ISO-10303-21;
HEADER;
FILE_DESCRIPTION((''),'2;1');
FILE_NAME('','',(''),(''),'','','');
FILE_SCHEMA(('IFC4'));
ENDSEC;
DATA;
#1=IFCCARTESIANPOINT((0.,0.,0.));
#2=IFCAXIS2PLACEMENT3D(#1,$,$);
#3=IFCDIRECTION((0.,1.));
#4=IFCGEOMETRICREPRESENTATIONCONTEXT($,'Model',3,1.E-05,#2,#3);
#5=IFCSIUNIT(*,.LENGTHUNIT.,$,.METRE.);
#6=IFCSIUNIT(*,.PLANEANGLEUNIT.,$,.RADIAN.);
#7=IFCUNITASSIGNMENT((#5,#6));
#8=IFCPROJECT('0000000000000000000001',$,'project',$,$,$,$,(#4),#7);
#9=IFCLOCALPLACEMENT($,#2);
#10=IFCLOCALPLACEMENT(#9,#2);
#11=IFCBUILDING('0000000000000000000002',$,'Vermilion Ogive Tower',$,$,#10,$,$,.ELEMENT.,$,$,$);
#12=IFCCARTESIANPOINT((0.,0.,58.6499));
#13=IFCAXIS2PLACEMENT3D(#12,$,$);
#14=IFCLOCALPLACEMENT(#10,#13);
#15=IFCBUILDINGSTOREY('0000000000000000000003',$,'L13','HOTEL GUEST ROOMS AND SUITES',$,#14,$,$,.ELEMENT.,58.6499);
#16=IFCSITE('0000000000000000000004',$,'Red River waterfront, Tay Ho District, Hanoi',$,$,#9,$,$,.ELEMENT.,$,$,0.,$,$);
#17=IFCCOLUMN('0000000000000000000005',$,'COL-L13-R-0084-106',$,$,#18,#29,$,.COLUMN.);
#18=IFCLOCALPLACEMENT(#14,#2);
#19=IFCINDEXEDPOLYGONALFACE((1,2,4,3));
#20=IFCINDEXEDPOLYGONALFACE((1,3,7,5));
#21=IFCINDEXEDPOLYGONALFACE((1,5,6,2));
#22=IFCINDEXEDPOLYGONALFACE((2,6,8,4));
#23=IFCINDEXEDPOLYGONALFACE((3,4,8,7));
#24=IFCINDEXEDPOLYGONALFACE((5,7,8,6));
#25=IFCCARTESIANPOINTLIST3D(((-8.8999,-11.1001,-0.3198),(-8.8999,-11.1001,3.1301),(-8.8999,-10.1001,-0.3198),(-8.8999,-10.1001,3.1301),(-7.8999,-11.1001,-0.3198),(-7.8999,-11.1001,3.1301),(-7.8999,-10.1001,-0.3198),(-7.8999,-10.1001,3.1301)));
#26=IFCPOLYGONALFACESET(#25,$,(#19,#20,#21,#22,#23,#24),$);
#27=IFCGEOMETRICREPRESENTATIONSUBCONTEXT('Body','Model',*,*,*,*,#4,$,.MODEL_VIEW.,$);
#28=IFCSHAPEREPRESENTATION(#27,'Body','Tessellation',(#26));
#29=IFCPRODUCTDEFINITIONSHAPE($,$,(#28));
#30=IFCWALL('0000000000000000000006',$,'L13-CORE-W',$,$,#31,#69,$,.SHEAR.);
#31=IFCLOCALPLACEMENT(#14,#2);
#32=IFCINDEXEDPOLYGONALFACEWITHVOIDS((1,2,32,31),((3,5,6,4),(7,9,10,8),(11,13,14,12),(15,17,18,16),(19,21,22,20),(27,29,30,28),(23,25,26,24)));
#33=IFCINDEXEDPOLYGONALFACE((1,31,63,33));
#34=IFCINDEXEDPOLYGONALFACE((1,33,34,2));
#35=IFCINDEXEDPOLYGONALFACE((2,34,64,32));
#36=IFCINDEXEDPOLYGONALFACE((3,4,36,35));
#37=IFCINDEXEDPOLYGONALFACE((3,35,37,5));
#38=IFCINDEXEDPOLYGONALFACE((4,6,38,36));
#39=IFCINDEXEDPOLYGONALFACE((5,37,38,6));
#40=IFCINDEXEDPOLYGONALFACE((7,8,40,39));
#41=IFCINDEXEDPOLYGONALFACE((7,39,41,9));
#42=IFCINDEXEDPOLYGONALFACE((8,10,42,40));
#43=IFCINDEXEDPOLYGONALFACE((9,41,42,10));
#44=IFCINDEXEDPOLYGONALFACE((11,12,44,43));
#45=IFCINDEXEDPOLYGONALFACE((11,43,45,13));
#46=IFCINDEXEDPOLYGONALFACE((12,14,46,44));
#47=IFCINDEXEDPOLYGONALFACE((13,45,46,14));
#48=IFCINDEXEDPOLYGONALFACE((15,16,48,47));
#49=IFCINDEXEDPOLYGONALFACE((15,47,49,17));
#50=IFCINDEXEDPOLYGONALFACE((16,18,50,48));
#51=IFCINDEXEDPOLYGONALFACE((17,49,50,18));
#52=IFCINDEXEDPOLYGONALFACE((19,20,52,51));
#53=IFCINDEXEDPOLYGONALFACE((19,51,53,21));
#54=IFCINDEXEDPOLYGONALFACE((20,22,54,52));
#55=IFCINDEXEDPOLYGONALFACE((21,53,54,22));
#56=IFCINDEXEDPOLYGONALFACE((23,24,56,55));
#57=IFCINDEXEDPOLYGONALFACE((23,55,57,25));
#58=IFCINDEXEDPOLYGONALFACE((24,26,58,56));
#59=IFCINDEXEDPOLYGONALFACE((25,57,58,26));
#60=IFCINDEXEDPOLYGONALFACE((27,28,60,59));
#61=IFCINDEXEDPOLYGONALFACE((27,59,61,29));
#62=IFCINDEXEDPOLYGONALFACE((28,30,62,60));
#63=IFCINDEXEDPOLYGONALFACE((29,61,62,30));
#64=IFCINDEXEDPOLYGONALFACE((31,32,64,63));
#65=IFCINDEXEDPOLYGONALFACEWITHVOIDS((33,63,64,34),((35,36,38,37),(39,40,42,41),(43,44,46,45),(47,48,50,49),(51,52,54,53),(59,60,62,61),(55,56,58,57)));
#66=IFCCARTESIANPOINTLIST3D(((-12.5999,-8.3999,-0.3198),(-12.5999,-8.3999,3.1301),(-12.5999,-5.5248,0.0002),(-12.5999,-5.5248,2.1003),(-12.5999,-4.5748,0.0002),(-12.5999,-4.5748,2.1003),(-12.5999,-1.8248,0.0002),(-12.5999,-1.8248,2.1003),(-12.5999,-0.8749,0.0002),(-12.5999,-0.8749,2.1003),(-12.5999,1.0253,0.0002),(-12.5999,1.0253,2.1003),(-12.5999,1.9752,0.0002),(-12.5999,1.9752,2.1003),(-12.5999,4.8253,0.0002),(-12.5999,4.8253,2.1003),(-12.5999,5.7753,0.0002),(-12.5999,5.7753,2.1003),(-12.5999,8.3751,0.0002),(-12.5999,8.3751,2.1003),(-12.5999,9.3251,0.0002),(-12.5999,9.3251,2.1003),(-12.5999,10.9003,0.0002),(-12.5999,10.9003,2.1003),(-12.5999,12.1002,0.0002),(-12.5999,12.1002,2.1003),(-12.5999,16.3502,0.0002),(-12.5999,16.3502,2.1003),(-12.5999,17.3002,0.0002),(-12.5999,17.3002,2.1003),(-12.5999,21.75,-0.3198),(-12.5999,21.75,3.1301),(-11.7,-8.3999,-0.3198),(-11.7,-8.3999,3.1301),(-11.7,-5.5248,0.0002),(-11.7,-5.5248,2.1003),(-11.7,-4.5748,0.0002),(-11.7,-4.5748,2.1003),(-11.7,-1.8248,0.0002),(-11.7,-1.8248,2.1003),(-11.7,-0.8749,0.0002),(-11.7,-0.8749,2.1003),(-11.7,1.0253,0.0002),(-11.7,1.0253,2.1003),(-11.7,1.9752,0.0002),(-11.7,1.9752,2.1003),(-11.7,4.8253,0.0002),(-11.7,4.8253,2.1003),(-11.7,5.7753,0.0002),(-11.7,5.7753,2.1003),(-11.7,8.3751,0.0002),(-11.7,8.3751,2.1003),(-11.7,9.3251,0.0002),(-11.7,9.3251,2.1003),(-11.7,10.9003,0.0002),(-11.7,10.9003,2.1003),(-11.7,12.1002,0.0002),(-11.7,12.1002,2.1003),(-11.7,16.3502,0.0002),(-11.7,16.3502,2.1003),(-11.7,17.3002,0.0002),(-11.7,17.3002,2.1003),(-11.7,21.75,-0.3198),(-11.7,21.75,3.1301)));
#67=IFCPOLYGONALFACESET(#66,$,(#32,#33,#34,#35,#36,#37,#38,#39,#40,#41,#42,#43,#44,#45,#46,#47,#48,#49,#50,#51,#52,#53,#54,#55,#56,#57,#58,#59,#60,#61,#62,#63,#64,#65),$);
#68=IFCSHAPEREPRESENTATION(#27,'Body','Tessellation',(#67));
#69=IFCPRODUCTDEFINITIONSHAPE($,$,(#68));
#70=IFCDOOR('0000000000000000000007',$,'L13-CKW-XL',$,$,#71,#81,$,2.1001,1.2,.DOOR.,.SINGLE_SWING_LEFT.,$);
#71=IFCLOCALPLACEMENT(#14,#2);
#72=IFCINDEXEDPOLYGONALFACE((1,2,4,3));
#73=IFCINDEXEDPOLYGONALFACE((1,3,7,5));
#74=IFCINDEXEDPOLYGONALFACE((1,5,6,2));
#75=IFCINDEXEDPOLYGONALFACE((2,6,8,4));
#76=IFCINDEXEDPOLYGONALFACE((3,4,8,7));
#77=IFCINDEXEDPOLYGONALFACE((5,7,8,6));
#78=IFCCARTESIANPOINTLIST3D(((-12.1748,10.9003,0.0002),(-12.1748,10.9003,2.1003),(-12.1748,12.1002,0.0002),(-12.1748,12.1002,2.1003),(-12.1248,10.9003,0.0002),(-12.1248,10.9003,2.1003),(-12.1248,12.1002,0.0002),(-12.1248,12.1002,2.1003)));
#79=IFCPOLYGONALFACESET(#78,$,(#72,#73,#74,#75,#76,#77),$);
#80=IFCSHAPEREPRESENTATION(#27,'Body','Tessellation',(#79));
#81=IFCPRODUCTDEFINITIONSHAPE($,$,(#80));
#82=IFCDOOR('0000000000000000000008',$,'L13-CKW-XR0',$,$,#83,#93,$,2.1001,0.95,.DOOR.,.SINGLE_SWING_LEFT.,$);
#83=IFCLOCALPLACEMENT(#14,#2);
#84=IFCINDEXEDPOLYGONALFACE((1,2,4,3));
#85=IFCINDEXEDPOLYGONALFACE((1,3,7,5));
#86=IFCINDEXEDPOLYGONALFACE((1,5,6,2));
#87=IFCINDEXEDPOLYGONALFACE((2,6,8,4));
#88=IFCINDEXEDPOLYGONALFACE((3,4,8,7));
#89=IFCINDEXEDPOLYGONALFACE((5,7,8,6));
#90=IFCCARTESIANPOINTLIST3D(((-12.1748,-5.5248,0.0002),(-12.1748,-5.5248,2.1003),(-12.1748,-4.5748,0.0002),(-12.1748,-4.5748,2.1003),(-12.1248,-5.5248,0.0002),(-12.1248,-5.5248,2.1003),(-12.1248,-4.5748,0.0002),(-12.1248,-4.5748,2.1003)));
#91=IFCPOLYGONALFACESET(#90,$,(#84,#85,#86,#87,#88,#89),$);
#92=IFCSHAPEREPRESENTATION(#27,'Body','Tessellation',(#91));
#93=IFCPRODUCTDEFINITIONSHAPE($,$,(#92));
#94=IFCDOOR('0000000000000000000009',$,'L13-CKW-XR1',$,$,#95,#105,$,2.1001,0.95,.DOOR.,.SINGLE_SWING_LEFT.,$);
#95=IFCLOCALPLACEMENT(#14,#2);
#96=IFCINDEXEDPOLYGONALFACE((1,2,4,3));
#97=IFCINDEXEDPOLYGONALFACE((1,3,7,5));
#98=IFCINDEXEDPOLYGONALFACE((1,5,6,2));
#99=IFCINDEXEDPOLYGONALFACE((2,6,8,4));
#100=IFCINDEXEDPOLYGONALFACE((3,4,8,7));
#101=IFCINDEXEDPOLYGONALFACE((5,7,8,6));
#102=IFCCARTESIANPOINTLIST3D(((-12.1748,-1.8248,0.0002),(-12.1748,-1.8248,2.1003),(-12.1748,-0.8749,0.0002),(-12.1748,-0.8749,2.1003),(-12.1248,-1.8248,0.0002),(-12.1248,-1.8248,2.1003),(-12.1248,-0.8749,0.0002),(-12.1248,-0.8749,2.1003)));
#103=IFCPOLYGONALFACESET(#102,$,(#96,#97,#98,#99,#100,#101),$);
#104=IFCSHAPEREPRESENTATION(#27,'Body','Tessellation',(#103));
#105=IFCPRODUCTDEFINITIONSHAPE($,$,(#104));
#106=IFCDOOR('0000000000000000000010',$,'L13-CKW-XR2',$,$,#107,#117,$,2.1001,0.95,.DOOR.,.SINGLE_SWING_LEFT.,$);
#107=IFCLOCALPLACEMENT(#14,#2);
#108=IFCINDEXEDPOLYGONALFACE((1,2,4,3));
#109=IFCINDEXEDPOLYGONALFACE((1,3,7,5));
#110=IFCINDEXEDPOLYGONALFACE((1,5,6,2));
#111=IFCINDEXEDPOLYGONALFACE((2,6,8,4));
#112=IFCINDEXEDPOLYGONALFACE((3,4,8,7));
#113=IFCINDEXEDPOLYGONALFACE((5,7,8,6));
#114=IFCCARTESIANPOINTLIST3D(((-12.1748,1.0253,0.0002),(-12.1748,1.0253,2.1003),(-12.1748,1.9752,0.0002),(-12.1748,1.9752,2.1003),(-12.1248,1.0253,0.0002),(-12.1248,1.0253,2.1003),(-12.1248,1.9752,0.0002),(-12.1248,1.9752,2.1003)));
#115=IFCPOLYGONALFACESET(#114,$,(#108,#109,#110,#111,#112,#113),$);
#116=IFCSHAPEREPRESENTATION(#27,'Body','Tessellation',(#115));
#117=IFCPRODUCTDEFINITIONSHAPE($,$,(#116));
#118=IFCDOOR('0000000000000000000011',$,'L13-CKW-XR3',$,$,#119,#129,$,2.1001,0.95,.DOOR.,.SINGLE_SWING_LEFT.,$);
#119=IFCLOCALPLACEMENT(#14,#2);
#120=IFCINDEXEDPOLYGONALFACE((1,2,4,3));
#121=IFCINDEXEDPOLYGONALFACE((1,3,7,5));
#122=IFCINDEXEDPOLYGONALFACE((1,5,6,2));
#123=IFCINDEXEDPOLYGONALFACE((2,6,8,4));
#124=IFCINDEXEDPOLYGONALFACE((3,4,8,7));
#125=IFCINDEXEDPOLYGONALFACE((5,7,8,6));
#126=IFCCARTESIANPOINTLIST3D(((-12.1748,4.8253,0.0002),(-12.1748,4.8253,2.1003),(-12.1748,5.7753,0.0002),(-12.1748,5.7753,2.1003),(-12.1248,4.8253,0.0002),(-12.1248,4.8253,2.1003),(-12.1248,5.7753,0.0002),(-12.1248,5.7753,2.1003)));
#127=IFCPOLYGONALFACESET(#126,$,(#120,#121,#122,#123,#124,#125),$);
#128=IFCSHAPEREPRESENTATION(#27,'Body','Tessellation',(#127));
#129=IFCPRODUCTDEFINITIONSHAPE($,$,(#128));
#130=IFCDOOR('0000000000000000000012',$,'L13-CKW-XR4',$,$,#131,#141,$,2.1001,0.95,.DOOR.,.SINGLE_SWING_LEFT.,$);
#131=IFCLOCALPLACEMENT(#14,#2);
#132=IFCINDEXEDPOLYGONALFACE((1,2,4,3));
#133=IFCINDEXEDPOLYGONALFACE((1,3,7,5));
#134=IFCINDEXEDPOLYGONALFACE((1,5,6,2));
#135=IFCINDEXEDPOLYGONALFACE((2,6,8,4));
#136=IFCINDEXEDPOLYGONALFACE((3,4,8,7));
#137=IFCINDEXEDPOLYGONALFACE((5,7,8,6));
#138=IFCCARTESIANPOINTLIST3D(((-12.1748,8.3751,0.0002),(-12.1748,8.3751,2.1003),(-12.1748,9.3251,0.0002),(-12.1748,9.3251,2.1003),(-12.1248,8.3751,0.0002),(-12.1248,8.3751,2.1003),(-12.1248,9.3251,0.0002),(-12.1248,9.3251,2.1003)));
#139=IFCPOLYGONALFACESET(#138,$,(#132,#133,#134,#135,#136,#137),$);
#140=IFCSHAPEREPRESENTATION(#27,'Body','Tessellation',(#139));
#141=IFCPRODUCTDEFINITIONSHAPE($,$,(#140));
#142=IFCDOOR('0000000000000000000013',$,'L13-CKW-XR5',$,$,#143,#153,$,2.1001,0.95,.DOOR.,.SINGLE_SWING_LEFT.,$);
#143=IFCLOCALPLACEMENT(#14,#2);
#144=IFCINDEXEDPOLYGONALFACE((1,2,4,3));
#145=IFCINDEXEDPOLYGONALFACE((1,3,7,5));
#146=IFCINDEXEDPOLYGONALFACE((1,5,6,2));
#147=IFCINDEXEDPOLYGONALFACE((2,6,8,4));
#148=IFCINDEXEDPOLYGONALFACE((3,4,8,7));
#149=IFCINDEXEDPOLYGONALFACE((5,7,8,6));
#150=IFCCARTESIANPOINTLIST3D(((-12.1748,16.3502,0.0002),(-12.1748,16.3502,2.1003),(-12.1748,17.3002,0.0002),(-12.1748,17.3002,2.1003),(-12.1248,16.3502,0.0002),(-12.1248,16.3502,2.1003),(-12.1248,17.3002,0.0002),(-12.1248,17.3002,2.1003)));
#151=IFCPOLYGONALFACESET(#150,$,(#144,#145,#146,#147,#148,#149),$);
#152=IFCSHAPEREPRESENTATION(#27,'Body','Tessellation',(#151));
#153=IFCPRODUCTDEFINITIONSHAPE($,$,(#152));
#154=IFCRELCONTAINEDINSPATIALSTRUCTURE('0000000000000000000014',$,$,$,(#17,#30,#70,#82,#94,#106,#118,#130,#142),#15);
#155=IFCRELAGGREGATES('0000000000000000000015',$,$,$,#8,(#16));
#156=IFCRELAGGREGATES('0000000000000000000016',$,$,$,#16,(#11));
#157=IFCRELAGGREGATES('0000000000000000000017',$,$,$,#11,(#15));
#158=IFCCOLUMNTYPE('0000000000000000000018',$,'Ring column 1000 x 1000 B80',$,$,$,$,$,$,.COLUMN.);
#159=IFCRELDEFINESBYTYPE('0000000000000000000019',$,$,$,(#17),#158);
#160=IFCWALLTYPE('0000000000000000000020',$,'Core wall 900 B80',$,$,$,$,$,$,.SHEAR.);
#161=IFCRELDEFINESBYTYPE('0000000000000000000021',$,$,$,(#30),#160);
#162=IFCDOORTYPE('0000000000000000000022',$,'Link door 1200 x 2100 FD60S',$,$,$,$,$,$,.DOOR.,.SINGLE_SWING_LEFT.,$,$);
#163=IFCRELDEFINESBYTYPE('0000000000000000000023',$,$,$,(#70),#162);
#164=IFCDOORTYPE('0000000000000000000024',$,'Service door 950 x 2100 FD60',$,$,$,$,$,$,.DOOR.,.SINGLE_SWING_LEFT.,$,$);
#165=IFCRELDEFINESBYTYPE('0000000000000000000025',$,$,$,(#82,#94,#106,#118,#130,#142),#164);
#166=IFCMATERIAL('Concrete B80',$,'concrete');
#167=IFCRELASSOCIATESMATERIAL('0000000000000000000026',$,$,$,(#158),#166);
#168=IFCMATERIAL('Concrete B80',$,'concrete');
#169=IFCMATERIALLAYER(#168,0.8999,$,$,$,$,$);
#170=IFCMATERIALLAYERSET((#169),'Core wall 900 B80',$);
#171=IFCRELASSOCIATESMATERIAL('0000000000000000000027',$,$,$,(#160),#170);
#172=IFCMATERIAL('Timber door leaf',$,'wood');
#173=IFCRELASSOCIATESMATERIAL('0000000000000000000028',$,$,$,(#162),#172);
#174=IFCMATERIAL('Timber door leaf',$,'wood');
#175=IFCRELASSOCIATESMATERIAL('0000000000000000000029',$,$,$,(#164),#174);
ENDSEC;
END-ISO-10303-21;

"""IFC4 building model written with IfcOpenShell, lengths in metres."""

from ifc_helpers import new_model, si_unit, direction, frame, frame_2d, origin, origin_2d, place, context, subcontext, project, spatial, rectangle, extrude, material, layer, layer_set, material_profile, profile_set, type_object, element, fill, save


model = new_model("IFC4")

# Units and contexts
model_context = context("Model", 3, precision=1e-05, world=origin(), true_north=direction((0.0, 1.0)))
body_context = subcontext(model_context, "Body", "Model", "MODEL_VIEW")
ifc_project = project(units=[si_unit("LENGTHUNIT", "METRE"), si_unit("PLANEANGLEUNIT", "RADIAN")], contexts=[model_context])

# Site, building, storey
site_placement = place(None, origin())
site = spatial("IfcSite", under=ifc_project, at=site_placement, Name="Red River waterfront, Tay Ho District, Hanoi", CompositionType="ELEMENT", RefElevation=0.0)
building_placement = place(site_placement, origin())
building = spatial("IfcBuilding", under=site, at=building_placement, Name="Vermilion Ogive Tower", CompositionType="ELEMENT")
storey_placement = place(building_placement, frame((0.0, 0.0, 58.6499)))
storey = spatial("IfcBuildingStorey", under=building, at=storey_placement, Name="L13", Description="HOTEL GUEST ROOMS AND SUITES", CompositionType="ELEMENT", Elevation=58.6499)

# Column
ifc_material_1 = material(Name="Concrete B80", Category="concrete")
ifc_material_profile = material_profile(ifc_material_1, rectangle(XDim=1.0, YDim=1.0, at=origin_2d()), Name="1000 x 1000")
ifc_profile_set = profile_set([ifc_material_profile], Name="Concrete B80")
column_type = type_object("IfcColumnType", Name="Ring column 1000 x 1000 B80", PredefinedType="COLUMN", material=ifc_profile_set)
column_placement = place(storey_placement, frame((-8.3999, -10.6001, -0.3198), z_axis=(0.0, 0.0, 1.0), x_axis=(1.0, 0.0, 0.0)))
element("IfcColumn", 1, at=column_placement, inside=storey, type_object=column_type, Name="COL-L13-R-0084-106", PredefinedType="COLUMN", context=body_context, shape_type="SweptSolid", body=[
    extrude(rectangle(XDim=1.0, YDim=1.0, at=origin_2d()), origin(), (0.0, 0.0, 1.0), 3.45),
])

# Wall, openings, doors
ifc_material_2 = material(Name="Concrete B80", Category="concrete")
ifc_layer_1 = layer(ifc_material_2, 0.8999)
ifc_layer_set_1 = layer_set([ifc_layer_1], Name="Core wall 900 B80")
wall_type_1 = type_object("IfcWallType", Name="Core wall 900 B80", PredefinedType="SHEAR", material=ifc_layer_set_1)
wall_1_placement = place(storey_placement, frame((-12.1499, -8.3999, -0.3198), z_axis=(0.0, 0.0, 1.0), x_axis=(0.0, 1.0, 0.0)))
wall_1 = element("IfcWall", 2, at=wall_1_placement, inside=storey, type_object=wall_type_1, Name="L13-CORE-W", PredefinedType="SHEAR", context=body_context, shape_type="SweptSolid", body=[
    extrude(rectangle(XDim=30.1499, YDim=0.8999, at=frame_2d((15.075, 0.0))), origin(), (0.0, 0.0, 1.0), 3.45),
])
opening_1_placement = place(wall_1_placement, frame((2.875, 0.0, 0.3201)))
opening_1 = element("IfcOpeningElement", 3, at=opening_1_placement, cuts=wall_1, PredefinedType="OPENING", context=body_context, shape_type="SweptSolid", body=[
    extrude(rectangle(XDim=0.95, YDim=2.1001, at=frame_2d((0.4751, 1.05))), frame((0.0, 0.46, 0.0), z_axis=(0.0, -1.0, 0.0), x_axis=(1.0, 0.0, 0.0)), (0.0, 0.0, 1.0), 0.9199),
])
opening_2_placement = place(wall_1_placement, frame((6.575, 0.0, 0.3201)))
opening_2 = element("IfcOpeningElement", 4, at=opening_2_placement, cuts=wall_1, PredefinedType="OPENING", context=body_context, shape_type="SweptSolid", body=[
    extrude(rectangle(XDim=0.95, YDim=2.1001, at=frame_2d((0.4751, 1.05))), frame((0.0, 0.46, 0.0), z_axis=(0.0, -1.0, 0.0), x_axis=(1.0, 0.0, 0.0)), (0.0, 0.0, 1.0), 0.9199),
])
opening_3_placement = place(wall_1_placement, frame((9.425, 0.0, 0.3201)))
opening_3 = element("IfcOpeningElement", 5, at=opening_3_placement, cuts=wall_1, PredefinedType="OPENING", context=body_context, shape_type="SweptSolid", body=[
    extrude(rectangle(XDim=0.95, YDim=2.1001, at=frame_2d((0.4751, 1.05))), frame((0.0, 0.46, 0.0), z_axis=(0.0, -1.0, 0.0), x_axis=(1.0, 0.0, 0.0)), (0.0, 0.0, 1.0), 0.9199),
])
opening_4_placement = place(wall_1_placement, frame((13.2251, 0.0, 0.3201)))
opening_4 = element("IfcOpeningElement", 6, at=opening_4_placement, cuts=wall_1, PredefinedType="OPENING", context=body_context, shape_type="SweptSolid", body=[
    extrude(rectangle(XDim=0.95, YDim=2.1001, at=frame_2d((0.4751, 1.05))), frame((0.0, 0.46, 0.0), z_axis=(0.0, -1.0, 0.0), x_axis=(1.0, 0.0, 0.0)), (0.0, 0.0, 1.0), 0.9199),
])
opening_5_placement = place(wall_1_placement, frame((16.7749, 0.0, 0.3201)))
opening_5 = element("IfcOpeningElement", 7, at=opening_5_placement, cuts=wall_1, PredefinedType="OPENING", context=body_context, shape_type="SweptSolid", body=[
    extrude(rectangle(XDim=0.95, YDim=2.1001, at=frame_2d((0.4751, 1.05))), frame((0.0, 0.46, 0.0), z_axis=(0.0, -1.0, 0.0), x_axis=(1.0, 0.0, 0.0)), (0.0, 0.0, 1.0), 0.9199),
])
opening_6_placement = place(wall_1_placement, frame((24.75, 0.0, 0.3201)))
opening_6 = element("IfcOpeningElement", 8, at=opening_6_placement, cuts=wall_1, PredefinedType="OPENING", context=body_context, shape_type="SweptSolid", body=[
    extrude(rectangle(XDim=0.95, YDim=2.1001, at=frame_2d((0.4751, 1.05))), frame((0.0, 0.46, 0.0), z_axis=(0.0, -1.0, 0.0), x_axis=(1.0, 0.0, 0.0)), (0.0, 0.0, 1.0), 0.9199),
])
opening_7_placement = place(wall_1_placement, frame((19.3, 0.0, 0.3201)))
opening_7 = element("IfcOpeningElement", 9, at=opening_7_placement, cuts=wall_1, PredefinedType="OPENING", context=body_context, shape_type="SweptSolid", body=[
    extrude(rectangle(XDim=1.2, YDim=2.1001, at=frame_2d((0.6001, 1.05))), frame((0.0, 0.46, 0.0), z_axis=(0.0, -1.0, 0.0), x_axis=(1.0, 0.0, 0.0)), (0.0, 0.0, 1.0), 0.9199),
])
ifc_material_3 = material(Name="Timber door leaf", Category="wood")
door_type_1 = type_object("IfcDoorType", Name="Link door 1200 x 2100 FD60S", OperationType="SINGLE_SWING_LEFT", PredefinedType="DOOR", material=ifc_material_3)
door_1_placement = place(opening_7_placement, origin())
door_1 = element("IfcDoor", 10, at=door_1_placement, inside=storey, type_object=door_type_1, Name="L13-CKW-XL", OperationType="SINGLE_SWING_LEFT", OverallHeight=2.1001, OverallWidth=1.2, PredefinedType="DOOR", context=body_context, shape_type="SweptSolid", body=[
    extrude(rectangle(XDim=1.2, YDim=2.1001, at=frame_2d((0.6001, 1.05))), frame((0.0, 0.0249, 0.0), z_axis=(0.0, -1.0, 0.0), x_axis=(1.0, 0.0, 0.0)), (0.0, 0.0, 1.0), 0.05),
])
fill(opening_7, door_1)
ifc_material_4 = material(Name="Timber door leaf", Category="wood")
door_type_2 = type_object("IfcDoorType", Name="Service door 950 x 2100 FD60", OperationType="SINGLE_SWING_LEFT", PredefinedType="DOOR", material=ifc_material_4)
door_2_placement = place(opening_1_placement, origin())
door_2 = element("IfcDoor", 11, at=door_2_placement, inside=storey, type_object=door_type_2, Name="L13-CKW-XR0", OperationType="SINGLE_SWING_LEFT", OverallHeight=2.1001, OverallWidth=0.95, PredefinedType="DOOR", context=body_context, shape_type="SweptSolid", body=[
    extrude(rectangle(XDim=0.95, YDim=2.1001, at=frame_2d((0.4751, 1.05))), frame((0.0, 0.0249, 0.0), z_axis=(0.0, -1.0, 0.0), x_axis=(1.0, 0.0, 0.0)), (0.0, 0.0, 1.0), 0.05),
])
fill(opening_1, door_2)
door_3_placement = place(opening_2_placement, origin())
door_3 = element("IfcDoor", 12, at=door_3_placement, inside=storey, type_object=door_type_2, Name="L13-CKW-XR1", OperationType="SINGLE_SWING_LEFT", OverallHeight=2.1001, OverallWidth=0.95, PredefinedType="DOOR", context=body_context, shape_type="SweptSolid", body=[
    extrude(rectangle(XDim=0.95, YDim=2.1001, at=frame_2d((0.4751, 1.05))), frame((0.0, 0.0249, 0.0), z_axis=(0.0, -1.0, 0.0), x_axis=(1.0, 0.0, 0.0)), (0.0, 0.0, 1.0), 0.05),
])
fill(opening_2, door_3)
door_4_placement = place(opening_3_placement, origin())
door_4 = element("IfcDoor", 13, at=door_4_placement, inside=storey, type_object=door_type_2, Name="L13-CKW-XR2", OperationType="SINGLE_SWING_LEFT", OverallHeight=2.1001, OverallWidth=0.95, PredefinedType="DOOR", context=body_context, shape_type="SweptSolid", body=[
    extrude(rectangle(XDim=0.95, YDim=2.1001, at=frame_2d((0.4751, 1.05))), frame((0.0, 0.0249, 0.0), z_axis=(0.0, -1.0, 0.0), x_axis=(1.0, 0.0, 0.0)), (0.0, 0.0, 1.0), 0.05),
])
fill(opening_3, door_4)
door_5_placement = place(opening_4_placement, origin())
door_5 = element("IfcDoor", 14, at=door_5_placement, inside=storey, type_object=door_type_2, Name="L13-CKW-XR3", OperationType="SINGLE_SWING_LEFT", OverallHeight=2.1001, OverallWidth=0.95, PredefinedType="DOOR", context=body_context, shape_type="SweptSolid", body=[
    extrude(rectangle(XDim=0.95, YDim=2.1001, at=frame_2d((0.4751, 1.05))), frame((0.0, 0.0249, 0.0), z_axis=(0.0, -1.0, 0.0), x_axis=(1.0, 0.0, 0.0)), (0.0, 0.0, 1.0), 0.05),
])
fill(opening_4, door_5)
door_6_placement = place(opening_5_placement, origin())
door_6 = element("IfcDoor", 15, at=door_6_placement, inside=storey, type_object=door_type_2, Name="L13-CKW-XR4", OperationType="SINGLE_SWING_LEFT", OverallHeight=2.1001, OverallWidth=0.95, PredefinedType="DOOR", context=body_context, shape_type="SweptSolid", body=[
    extrude(rectangle(XDim=0.95, YDim=2.1001, at=frame_2d((0.4751, 1.05))), frame((0.0, 0.0249, 0.0), z_axis=(0.0, -1.0, 0.0), x_axis=(1.0, 0.0, 0.0)), (0.0, 0.0, 1.0), 0.05),
])
fill(opening_5, door_6)
door_7_placement = place(opening_6_placement, origin())
door_7 = element("IfcDoor", 16, at=door_7_placement, inside=storey, type_object=door_type_2, Name="L13-CKW-XR5", OperationType="SINGLE_SWING_LEFT", OverallHeight=2.1001, OverallWidth=0.95, PredefinedType="DOOR", context=body_context, shape_type="SweptSolid", body=[
    extrude(rectangle(XDim=0.95, YDim=2.1001, at=frame_2d((0.4751, 1.05))), frame((0.0, 0.0249, 0.0), z_axis=(0.0, -1.0, 0.0), x_axis=(1.0, 0.0, 0.0)), (0.0, 0.0, 1.0), 0.05),
])
fill(opening_6, door_7)

save(model, "model.ifc")
